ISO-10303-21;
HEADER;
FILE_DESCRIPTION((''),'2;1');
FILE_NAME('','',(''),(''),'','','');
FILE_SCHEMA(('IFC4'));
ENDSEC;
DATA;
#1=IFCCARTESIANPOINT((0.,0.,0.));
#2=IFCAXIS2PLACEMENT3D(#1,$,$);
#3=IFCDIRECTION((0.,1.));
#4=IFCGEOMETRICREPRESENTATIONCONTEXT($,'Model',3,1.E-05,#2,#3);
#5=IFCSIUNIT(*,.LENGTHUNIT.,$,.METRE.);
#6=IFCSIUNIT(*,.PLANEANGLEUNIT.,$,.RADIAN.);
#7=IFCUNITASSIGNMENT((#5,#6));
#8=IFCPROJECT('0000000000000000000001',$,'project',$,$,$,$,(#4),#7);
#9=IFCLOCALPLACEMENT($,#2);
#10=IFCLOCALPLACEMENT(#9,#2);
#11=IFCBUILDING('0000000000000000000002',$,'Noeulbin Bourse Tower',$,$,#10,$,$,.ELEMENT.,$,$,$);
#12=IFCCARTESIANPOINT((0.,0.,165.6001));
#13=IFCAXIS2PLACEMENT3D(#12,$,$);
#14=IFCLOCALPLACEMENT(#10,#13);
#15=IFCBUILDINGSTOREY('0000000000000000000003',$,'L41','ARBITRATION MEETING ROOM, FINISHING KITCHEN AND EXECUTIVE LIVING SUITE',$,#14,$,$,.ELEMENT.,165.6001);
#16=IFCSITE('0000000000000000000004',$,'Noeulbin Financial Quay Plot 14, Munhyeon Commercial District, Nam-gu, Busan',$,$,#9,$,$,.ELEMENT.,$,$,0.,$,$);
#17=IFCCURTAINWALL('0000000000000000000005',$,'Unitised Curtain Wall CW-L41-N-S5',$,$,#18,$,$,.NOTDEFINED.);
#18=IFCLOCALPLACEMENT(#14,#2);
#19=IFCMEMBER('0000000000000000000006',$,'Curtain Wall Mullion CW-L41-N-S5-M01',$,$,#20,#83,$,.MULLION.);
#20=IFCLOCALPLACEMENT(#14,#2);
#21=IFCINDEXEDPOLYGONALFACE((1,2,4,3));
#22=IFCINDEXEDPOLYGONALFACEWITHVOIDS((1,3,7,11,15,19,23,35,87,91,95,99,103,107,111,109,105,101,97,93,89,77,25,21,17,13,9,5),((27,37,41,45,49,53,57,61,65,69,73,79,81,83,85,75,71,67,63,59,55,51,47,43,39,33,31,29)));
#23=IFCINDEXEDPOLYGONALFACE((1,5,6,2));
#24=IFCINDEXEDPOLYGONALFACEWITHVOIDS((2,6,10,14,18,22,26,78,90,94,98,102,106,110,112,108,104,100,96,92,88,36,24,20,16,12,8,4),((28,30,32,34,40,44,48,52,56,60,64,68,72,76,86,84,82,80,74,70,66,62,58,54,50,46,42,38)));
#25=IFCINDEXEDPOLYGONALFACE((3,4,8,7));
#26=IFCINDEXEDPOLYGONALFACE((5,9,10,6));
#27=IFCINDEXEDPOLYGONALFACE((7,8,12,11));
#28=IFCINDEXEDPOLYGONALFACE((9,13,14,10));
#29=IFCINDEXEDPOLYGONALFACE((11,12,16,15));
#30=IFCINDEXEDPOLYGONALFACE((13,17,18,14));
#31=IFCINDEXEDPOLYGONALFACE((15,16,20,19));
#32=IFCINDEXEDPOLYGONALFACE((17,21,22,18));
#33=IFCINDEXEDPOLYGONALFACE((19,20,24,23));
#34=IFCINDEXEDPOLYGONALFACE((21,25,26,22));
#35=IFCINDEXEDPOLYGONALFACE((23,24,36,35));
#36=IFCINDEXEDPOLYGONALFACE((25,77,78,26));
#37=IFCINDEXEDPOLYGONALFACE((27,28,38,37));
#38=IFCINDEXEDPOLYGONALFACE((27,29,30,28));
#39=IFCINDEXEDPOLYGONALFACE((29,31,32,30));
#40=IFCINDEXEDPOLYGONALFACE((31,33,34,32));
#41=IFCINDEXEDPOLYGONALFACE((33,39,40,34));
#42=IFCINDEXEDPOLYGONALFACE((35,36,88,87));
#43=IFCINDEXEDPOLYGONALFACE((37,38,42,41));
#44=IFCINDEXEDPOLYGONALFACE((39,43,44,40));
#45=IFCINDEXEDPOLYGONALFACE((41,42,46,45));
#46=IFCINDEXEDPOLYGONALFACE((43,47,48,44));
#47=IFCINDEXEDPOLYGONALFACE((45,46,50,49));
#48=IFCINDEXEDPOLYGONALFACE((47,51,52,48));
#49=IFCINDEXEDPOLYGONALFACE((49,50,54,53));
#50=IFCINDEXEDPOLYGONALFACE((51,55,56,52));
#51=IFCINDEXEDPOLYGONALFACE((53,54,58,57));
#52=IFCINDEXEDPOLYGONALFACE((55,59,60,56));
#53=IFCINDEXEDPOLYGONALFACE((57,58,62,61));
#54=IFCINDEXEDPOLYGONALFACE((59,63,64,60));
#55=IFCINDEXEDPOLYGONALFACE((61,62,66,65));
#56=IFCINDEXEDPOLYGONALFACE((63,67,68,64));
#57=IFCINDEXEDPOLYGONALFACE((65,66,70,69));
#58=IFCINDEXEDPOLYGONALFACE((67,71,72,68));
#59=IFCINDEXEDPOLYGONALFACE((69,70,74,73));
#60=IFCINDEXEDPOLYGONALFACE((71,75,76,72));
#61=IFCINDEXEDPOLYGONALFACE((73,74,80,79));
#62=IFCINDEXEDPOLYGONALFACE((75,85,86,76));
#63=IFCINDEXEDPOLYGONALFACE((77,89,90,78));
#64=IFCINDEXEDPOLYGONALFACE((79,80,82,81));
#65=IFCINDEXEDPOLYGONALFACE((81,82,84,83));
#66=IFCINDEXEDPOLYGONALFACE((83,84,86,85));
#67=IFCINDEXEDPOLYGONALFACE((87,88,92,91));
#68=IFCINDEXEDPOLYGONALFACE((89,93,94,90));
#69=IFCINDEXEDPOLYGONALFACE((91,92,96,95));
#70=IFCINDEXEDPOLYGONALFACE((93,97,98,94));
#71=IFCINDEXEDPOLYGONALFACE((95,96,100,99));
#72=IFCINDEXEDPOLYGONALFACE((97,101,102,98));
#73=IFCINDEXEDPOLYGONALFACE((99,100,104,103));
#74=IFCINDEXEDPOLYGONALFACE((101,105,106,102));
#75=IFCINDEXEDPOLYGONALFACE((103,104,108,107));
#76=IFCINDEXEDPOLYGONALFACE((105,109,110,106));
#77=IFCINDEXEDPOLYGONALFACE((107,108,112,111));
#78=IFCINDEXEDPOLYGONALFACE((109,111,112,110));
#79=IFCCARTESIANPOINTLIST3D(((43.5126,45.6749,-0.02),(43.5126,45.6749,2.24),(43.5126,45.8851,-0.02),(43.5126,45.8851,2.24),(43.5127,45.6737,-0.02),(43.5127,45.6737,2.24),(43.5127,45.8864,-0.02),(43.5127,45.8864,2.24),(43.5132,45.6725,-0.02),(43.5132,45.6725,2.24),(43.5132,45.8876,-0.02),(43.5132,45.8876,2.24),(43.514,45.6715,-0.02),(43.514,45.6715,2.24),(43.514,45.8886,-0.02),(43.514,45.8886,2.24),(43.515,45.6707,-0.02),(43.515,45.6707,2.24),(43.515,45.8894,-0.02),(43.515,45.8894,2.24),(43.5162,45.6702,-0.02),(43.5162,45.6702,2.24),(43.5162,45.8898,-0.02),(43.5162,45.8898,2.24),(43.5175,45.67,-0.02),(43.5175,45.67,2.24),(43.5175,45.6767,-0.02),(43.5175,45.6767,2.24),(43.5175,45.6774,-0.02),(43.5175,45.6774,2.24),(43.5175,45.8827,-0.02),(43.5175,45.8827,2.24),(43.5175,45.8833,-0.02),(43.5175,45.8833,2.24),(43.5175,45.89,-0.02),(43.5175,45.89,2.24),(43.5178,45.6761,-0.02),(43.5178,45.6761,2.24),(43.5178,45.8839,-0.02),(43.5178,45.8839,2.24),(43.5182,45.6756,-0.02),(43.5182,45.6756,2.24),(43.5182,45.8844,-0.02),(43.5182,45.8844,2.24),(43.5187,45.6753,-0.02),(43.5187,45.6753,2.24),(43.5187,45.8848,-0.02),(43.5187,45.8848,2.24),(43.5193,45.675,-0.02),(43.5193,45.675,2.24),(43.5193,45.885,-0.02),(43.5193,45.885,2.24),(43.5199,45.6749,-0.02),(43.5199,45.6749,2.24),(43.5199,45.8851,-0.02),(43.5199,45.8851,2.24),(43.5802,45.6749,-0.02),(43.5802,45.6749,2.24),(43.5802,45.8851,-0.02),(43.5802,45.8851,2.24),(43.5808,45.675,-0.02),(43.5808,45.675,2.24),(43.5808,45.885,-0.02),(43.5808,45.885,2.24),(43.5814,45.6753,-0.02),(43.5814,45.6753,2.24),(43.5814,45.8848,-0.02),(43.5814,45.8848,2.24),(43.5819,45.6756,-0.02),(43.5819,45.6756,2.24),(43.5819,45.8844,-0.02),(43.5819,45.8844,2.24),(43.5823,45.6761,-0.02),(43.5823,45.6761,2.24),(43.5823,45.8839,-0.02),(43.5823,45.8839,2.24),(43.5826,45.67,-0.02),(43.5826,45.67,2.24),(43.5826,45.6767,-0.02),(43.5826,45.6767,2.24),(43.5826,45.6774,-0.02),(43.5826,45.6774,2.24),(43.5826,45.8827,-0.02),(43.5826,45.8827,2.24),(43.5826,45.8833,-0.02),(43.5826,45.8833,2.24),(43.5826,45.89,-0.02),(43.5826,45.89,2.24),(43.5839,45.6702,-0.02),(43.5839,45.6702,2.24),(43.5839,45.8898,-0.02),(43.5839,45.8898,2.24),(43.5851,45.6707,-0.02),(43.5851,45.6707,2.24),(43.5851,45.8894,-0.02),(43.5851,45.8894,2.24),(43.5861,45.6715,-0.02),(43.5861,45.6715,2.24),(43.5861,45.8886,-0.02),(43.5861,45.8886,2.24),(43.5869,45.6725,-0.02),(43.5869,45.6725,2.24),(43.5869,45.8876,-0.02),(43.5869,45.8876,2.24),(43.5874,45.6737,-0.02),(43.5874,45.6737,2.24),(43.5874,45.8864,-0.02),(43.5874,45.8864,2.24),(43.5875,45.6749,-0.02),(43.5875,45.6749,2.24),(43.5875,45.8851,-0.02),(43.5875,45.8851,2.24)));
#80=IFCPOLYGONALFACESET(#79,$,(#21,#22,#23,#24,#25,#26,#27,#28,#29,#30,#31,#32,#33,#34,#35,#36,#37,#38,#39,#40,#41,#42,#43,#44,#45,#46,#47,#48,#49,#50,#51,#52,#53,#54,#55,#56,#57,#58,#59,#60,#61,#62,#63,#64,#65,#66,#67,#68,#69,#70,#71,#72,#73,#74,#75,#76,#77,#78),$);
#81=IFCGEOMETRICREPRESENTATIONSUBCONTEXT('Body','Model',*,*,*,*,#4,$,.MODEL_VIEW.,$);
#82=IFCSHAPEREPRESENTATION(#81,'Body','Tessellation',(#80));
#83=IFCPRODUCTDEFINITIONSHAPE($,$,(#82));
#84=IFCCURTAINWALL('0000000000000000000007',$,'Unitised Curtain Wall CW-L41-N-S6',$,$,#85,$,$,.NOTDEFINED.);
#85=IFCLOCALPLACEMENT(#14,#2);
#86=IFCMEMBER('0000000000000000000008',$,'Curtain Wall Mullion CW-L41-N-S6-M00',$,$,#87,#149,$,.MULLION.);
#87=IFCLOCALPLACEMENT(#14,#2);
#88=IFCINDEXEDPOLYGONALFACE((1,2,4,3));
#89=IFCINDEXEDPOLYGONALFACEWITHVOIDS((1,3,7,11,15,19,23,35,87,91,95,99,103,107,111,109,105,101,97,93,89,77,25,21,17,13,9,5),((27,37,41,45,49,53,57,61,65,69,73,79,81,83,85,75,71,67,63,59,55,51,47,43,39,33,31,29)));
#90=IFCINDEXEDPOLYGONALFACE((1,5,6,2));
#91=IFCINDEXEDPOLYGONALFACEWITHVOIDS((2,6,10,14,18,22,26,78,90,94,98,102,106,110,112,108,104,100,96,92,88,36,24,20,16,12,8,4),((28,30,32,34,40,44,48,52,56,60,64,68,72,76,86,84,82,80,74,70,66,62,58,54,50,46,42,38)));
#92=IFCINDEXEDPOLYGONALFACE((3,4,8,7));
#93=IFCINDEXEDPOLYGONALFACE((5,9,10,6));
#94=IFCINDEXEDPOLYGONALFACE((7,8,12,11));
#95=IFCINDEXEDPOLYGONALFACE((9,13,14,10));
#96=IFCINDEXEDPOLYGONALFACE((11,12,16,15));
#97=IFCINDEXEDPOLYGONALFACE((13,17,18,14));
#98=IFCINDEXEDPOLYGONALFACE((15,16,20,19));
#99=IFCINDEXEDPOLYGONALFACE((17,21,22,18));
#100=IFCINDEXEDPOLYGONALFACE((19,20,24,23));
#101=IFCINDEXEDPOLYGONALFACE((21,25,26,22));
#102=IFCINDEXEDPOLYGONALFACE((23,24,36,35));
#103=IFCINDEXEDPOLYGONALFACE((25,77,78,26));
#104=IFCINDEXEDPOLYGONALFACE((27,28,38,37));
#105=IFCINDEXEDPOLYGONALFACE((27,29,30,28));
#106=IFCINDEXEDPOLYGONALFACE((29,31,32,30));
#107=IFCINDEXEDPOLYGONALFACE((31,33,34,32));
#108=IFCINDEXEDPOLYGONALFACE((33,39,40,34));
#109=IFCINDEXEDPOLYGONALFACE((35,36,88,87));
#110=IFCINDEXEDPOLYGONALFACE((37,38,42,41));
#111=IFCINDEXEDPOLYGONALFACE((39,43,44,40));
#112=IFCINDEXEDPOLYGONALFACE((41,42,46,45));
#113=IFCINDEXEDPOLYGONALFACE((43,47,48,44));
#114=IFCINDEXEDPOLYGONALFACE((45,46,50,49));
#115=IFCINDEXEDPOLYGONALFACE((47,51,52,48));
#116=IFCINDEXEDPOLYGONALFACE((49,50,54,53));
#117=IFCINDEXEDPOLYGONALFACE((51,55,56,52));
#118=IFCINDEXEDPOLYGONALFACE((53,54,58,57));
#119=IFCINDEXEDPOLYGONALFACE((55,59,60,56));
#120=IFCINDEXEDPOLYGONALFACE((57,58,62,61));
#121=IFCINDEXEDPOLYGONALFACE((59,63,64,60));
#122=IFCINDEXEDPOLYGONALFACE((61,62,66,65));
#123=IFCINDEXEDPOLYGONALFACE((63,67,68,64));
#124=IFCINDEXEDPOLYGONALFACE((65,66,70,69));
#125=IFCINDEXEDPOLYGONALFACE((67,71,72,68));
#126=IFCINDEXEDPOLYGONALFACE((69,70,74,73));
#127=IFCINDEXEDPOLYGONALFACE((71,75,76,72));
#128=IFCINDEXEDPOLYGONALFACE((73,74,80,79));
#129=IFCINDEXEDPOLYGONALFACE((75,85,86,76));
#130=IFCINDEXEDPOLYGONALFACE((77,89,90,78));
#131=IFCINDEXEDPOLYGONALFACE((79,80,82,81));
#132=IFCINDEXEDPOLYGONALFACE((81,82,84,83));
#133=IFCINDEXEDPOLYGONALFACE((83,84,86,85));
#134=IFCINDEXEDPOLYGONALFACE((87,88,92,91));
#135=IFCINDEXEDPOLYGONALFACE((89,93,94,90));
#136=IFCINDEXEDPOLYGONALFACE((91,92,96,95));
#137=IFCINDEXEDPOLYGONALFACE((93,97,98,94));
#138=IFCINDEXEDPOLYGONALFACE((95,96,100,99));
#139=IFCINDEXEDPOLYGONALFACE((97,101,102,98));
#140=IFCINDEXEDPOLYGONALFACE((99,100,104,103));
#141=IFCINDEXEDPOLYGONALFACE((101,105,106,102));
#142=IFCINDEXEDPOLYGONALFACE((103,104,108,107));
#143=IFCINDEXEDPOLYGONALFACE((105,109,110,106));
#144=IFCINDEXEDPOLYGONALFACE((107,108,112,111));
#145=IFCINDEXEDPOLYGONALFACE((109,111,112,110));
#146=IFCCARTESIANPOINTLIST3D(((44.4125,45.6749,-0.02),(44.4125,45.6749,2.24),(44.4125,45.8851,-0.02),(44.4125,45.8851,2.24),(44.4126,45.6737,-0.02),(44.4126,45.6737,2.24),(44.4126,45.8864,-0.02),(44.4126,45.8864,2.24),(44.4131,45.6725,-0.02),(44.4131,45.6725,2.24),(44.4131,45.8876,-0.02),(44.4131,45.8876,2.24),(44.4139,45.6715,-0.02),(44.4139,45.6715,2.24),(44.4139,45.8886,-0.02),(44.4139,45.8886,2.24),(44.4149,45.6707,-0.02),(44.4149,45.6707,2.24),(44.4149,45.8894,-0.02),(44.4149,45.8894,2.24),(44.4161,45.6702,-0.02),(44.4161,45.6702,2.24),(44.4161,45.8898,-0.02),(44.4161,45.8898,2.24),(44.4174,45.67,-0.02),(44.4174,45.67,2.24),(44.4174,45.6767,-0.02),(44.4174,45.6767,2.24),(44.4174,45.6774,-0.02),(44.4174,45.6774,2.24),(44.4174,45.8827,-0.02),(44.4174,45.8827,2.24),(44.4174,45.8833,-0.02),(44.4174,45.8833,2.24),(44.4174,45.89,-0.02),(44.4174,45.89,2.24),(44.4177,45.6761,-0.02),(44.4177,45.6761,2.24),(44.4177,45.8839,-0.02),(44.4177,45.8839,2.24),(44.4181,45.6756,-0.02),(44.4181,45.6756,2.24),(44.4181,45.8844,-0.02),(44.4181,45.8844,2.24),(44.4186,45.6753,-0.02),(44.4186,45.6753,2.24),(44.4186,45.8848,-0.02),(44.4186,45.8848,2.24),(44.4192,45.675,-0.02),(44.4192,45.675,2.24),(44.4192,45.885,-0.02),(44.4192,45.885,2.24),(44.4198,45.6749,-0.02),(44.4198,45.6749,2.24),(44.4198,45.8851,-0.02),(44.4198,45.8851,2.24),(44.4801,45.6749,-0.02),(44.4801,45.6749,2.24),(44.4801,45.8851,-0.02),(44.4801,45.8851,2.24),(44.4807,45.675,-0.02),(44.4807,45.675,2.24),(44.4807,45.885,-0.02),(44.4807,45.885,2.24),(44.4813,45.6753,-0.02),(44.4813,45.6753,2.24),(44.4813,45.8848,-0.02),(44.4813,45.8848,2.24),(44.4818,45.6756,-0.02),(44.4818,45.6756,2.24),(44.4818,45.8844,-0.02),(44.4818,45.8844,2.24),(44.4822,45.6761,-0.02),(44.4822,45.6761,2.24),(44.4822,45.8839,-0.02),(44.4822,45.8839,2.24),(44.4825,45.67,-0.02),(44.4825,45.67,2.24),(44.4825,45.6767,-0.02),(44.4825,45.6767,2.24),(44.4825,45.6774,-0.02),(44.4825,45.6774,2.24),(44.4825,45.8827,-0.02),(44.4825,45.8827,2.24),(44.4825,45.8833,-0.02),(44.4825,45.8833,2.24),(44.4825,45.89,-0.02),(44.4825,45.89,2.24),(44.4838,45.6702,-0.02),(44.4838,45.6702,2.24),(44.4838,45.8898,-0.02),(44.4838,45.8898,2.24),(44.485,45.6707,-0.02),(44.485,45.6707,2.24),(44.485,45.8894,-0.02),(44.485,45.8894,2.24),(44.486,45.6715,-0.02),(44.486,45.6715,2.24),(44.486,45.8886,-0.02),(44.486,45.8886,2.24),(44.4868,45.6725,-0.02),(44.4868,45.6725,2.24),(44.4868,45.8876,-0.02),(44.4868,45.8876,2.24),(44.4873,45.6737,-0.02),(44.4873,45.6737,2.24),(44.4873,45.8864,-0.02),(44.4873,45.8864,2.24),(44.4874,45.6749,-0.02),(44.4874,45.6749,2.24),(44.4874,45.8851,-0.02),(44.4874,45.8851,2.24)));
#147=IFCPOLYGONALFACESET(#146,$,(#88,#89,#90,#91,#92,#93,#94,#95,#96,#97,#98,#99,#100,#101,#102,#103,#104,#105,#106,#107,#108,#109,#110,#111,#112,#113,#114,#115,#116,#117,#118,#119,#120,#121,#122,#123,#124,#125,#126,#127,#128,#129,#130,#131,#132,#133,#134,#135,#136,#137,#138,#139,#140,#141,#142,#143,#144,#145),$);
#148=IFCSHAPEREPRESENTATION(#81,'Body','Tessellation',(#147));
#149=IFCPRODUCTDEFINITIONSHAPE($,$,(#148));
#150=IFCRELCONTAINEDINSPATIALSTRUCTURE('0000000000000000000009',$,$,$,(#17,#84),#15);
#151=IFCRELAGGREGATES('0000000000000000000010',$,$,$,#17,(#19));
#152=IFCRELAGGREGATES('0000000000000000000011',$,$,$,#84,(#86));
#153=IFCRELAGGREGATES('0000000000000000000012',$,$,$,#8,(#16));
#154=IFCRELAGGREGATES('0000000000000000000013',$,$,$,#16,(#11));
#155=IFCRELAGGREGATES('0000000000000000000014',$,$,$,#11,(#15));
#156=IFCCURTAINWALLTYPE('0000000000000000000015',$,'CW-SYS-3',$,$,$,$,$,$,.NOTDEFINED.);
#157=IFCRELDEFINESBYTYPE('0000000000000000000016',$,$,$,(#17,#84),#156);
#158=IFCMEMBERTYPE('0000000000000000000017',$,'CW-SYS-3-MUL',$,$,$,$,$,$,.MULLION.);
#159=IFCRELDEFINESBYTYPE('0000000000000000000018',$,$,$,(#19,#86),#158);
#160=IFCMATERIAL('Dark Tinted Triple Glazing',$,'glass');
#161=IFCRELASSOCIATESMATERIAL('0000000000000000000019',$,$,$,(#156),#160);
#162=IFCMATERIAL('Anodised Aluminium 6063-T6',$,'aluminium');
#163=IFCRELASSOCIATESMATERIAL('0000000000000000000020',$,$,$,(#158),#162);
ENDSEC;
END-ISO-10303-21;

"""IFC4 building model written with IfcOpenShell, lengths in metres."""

from ifc_helpers import new_model, si_unit, direction, frame, origin, origin_2d, place, context, subcontext, project, spatial, hollow_rectangle, extrude, material, material_profile, profile_set, type_object, element, aggregate, save


model = new_model("IFC4")

# Units and contexts
model_context = context("Model", 3, precision=1e-05, world=origin(), true_north=direction((0.0, 1.0)))
body_context = subcontext(model_context, "Body", "Model", "MODEL_VIEW")
ifc_project = project(units=[si_unit("LENGTHUNIT", "METRE"), si_unit("PLANEANGLEUNIT", "RADIAN")], contexts=[model_context])

# Site, building, storey
site_placement = place(None, origin())
site = spatial("IfcSite", under=ifc_project, at=site_placement, Name="Noeulbin Financial Quay Plot 14, Munhyeon Commercial District, Nam-gu, Busan", CompositionType="ELEMENT", RefElevation=0.0)
building_placement = place(site_placement, origin())
building = spatial("IfcBuilding", under=site, at=building_placement, Name="Noeulbin Bourse Tower", CompositionType="ELEMENT")
storey_placement = place(building_placement, frame((0.0, 0.0, 165.6001)))
storey = spatial("IfcBuildingStorey", under=building, at=storey_placement, Name="L41", Description="ARBITRATION MEETING ROOM, FINISHING KITCHEN AND EXECUTIVE LIVING SUITE", CompositionType="ELEMENT", Elevation=165.6001)

# Curtain wall, member
ifc_material_1 = material(Name="Dark Tinted Triple Glazing", Category="glass")
curtain_wall_type = type_object("IfcCurtainWallType", Name="CW-SYS-3", PredefinedType="NOTDEFINED", material=ifc_material_1)
curtain_wall_1_placement = place(storey_placement, origin())
curtain_wall_1 = element("IfcCurtainWall", 1, at=curtain_wall_1_placement, inside=storey, type_object=curtain_wall_type, Name="Unitised Curtain Wall CW-L41-N-S5", PredefinedType="NOTDEFINED")
ifc_material_2 = material(Name="Anodised Aluminium 6063-T6", Category="aluminium")
ifc_material_profile_1 = material_profile(ifc_material_2, hollow_rectangle(XDim=0.075, YDim=0.22, WallThickness=0.0049, InnerFilletRadius=0.0024, OuterFilletRadius=0.0049, at=origin_2d()), Name="ALU-MULL-75x220x5", Category="LoadBearing")
ifc_profile_set_1 = profile_set([ifc_material_profile_1], Name="Anodised Aluminium 6063-T6")
member_type_1 = type_object("IfcMemberType", Name="CW-SYS-3-MUL", PredefinedType="MULLION", material=ifc_profile_set_1)
member_1_placement = place(storey_placement, frame((43.55, 45.78, -0.02), z_axis=(0.0, 0.0, 1.0), x_axis=(1.0, 0.0, 0.0)))
member_1 = element("IfcMember", 2, at=member_1_placement, type_object=member_type_1, Name="Curtain Wall Mullion CW-L41-N-S5-M01", PredefinedType="MULLION", context=body_context, shape_type="SweptSolid", body=[
    extrude(hollow_rectangle(XDim=0.075, YDim=0.22, WallThickness=0.0049, InnerFilletRadius=0.0024, OuterFilletRadius=0.0049, at=origin_2d()), origin(), (0.0, 0.0, 1.0), 2.26),
])

# Curtain wall, member
curtain_wall_2_placement = place(storey_placement, origin())
curtain_wall_2 = element("IfcCurtainWall", 3, at=curtain_wall_2_placement, inside=storey, type_object=curtain_wall_type, Name="Unitised Curtain Wall CW-L41-N-S6", PredefinedType="NOTDEFINED")
member_2_placement = place(storey_placement, frame((44.45, 45.78, -0.02), z_axis=(0.0, 0.0, 1.0), x_axis=(1.0, 0.0, 0.0)))
member_2 = element("IfcMember", 4, at=member_2_placement, type_object=member_type_1, Name="Curtain Wall Mullion CW-L41-N-S6-M00", PredefinedType="MULLION", context=body_context, shape_type="SweptSolid", body=[
    extrude(hollow_rectangle(XDim=0.075, YDim=0.22, WallThickness=0.0049, InnerFilletRadius=0.0024, OuterFilletRadius=0.0049, at=origin_2d()), origin(), (0.0, 0.0, 1.0), 2.26),
])

aggregate(curtain_wall_1, [member_1])
aggregate(curtain_wall_2, [member_2])

save(model, "model.ifc")
